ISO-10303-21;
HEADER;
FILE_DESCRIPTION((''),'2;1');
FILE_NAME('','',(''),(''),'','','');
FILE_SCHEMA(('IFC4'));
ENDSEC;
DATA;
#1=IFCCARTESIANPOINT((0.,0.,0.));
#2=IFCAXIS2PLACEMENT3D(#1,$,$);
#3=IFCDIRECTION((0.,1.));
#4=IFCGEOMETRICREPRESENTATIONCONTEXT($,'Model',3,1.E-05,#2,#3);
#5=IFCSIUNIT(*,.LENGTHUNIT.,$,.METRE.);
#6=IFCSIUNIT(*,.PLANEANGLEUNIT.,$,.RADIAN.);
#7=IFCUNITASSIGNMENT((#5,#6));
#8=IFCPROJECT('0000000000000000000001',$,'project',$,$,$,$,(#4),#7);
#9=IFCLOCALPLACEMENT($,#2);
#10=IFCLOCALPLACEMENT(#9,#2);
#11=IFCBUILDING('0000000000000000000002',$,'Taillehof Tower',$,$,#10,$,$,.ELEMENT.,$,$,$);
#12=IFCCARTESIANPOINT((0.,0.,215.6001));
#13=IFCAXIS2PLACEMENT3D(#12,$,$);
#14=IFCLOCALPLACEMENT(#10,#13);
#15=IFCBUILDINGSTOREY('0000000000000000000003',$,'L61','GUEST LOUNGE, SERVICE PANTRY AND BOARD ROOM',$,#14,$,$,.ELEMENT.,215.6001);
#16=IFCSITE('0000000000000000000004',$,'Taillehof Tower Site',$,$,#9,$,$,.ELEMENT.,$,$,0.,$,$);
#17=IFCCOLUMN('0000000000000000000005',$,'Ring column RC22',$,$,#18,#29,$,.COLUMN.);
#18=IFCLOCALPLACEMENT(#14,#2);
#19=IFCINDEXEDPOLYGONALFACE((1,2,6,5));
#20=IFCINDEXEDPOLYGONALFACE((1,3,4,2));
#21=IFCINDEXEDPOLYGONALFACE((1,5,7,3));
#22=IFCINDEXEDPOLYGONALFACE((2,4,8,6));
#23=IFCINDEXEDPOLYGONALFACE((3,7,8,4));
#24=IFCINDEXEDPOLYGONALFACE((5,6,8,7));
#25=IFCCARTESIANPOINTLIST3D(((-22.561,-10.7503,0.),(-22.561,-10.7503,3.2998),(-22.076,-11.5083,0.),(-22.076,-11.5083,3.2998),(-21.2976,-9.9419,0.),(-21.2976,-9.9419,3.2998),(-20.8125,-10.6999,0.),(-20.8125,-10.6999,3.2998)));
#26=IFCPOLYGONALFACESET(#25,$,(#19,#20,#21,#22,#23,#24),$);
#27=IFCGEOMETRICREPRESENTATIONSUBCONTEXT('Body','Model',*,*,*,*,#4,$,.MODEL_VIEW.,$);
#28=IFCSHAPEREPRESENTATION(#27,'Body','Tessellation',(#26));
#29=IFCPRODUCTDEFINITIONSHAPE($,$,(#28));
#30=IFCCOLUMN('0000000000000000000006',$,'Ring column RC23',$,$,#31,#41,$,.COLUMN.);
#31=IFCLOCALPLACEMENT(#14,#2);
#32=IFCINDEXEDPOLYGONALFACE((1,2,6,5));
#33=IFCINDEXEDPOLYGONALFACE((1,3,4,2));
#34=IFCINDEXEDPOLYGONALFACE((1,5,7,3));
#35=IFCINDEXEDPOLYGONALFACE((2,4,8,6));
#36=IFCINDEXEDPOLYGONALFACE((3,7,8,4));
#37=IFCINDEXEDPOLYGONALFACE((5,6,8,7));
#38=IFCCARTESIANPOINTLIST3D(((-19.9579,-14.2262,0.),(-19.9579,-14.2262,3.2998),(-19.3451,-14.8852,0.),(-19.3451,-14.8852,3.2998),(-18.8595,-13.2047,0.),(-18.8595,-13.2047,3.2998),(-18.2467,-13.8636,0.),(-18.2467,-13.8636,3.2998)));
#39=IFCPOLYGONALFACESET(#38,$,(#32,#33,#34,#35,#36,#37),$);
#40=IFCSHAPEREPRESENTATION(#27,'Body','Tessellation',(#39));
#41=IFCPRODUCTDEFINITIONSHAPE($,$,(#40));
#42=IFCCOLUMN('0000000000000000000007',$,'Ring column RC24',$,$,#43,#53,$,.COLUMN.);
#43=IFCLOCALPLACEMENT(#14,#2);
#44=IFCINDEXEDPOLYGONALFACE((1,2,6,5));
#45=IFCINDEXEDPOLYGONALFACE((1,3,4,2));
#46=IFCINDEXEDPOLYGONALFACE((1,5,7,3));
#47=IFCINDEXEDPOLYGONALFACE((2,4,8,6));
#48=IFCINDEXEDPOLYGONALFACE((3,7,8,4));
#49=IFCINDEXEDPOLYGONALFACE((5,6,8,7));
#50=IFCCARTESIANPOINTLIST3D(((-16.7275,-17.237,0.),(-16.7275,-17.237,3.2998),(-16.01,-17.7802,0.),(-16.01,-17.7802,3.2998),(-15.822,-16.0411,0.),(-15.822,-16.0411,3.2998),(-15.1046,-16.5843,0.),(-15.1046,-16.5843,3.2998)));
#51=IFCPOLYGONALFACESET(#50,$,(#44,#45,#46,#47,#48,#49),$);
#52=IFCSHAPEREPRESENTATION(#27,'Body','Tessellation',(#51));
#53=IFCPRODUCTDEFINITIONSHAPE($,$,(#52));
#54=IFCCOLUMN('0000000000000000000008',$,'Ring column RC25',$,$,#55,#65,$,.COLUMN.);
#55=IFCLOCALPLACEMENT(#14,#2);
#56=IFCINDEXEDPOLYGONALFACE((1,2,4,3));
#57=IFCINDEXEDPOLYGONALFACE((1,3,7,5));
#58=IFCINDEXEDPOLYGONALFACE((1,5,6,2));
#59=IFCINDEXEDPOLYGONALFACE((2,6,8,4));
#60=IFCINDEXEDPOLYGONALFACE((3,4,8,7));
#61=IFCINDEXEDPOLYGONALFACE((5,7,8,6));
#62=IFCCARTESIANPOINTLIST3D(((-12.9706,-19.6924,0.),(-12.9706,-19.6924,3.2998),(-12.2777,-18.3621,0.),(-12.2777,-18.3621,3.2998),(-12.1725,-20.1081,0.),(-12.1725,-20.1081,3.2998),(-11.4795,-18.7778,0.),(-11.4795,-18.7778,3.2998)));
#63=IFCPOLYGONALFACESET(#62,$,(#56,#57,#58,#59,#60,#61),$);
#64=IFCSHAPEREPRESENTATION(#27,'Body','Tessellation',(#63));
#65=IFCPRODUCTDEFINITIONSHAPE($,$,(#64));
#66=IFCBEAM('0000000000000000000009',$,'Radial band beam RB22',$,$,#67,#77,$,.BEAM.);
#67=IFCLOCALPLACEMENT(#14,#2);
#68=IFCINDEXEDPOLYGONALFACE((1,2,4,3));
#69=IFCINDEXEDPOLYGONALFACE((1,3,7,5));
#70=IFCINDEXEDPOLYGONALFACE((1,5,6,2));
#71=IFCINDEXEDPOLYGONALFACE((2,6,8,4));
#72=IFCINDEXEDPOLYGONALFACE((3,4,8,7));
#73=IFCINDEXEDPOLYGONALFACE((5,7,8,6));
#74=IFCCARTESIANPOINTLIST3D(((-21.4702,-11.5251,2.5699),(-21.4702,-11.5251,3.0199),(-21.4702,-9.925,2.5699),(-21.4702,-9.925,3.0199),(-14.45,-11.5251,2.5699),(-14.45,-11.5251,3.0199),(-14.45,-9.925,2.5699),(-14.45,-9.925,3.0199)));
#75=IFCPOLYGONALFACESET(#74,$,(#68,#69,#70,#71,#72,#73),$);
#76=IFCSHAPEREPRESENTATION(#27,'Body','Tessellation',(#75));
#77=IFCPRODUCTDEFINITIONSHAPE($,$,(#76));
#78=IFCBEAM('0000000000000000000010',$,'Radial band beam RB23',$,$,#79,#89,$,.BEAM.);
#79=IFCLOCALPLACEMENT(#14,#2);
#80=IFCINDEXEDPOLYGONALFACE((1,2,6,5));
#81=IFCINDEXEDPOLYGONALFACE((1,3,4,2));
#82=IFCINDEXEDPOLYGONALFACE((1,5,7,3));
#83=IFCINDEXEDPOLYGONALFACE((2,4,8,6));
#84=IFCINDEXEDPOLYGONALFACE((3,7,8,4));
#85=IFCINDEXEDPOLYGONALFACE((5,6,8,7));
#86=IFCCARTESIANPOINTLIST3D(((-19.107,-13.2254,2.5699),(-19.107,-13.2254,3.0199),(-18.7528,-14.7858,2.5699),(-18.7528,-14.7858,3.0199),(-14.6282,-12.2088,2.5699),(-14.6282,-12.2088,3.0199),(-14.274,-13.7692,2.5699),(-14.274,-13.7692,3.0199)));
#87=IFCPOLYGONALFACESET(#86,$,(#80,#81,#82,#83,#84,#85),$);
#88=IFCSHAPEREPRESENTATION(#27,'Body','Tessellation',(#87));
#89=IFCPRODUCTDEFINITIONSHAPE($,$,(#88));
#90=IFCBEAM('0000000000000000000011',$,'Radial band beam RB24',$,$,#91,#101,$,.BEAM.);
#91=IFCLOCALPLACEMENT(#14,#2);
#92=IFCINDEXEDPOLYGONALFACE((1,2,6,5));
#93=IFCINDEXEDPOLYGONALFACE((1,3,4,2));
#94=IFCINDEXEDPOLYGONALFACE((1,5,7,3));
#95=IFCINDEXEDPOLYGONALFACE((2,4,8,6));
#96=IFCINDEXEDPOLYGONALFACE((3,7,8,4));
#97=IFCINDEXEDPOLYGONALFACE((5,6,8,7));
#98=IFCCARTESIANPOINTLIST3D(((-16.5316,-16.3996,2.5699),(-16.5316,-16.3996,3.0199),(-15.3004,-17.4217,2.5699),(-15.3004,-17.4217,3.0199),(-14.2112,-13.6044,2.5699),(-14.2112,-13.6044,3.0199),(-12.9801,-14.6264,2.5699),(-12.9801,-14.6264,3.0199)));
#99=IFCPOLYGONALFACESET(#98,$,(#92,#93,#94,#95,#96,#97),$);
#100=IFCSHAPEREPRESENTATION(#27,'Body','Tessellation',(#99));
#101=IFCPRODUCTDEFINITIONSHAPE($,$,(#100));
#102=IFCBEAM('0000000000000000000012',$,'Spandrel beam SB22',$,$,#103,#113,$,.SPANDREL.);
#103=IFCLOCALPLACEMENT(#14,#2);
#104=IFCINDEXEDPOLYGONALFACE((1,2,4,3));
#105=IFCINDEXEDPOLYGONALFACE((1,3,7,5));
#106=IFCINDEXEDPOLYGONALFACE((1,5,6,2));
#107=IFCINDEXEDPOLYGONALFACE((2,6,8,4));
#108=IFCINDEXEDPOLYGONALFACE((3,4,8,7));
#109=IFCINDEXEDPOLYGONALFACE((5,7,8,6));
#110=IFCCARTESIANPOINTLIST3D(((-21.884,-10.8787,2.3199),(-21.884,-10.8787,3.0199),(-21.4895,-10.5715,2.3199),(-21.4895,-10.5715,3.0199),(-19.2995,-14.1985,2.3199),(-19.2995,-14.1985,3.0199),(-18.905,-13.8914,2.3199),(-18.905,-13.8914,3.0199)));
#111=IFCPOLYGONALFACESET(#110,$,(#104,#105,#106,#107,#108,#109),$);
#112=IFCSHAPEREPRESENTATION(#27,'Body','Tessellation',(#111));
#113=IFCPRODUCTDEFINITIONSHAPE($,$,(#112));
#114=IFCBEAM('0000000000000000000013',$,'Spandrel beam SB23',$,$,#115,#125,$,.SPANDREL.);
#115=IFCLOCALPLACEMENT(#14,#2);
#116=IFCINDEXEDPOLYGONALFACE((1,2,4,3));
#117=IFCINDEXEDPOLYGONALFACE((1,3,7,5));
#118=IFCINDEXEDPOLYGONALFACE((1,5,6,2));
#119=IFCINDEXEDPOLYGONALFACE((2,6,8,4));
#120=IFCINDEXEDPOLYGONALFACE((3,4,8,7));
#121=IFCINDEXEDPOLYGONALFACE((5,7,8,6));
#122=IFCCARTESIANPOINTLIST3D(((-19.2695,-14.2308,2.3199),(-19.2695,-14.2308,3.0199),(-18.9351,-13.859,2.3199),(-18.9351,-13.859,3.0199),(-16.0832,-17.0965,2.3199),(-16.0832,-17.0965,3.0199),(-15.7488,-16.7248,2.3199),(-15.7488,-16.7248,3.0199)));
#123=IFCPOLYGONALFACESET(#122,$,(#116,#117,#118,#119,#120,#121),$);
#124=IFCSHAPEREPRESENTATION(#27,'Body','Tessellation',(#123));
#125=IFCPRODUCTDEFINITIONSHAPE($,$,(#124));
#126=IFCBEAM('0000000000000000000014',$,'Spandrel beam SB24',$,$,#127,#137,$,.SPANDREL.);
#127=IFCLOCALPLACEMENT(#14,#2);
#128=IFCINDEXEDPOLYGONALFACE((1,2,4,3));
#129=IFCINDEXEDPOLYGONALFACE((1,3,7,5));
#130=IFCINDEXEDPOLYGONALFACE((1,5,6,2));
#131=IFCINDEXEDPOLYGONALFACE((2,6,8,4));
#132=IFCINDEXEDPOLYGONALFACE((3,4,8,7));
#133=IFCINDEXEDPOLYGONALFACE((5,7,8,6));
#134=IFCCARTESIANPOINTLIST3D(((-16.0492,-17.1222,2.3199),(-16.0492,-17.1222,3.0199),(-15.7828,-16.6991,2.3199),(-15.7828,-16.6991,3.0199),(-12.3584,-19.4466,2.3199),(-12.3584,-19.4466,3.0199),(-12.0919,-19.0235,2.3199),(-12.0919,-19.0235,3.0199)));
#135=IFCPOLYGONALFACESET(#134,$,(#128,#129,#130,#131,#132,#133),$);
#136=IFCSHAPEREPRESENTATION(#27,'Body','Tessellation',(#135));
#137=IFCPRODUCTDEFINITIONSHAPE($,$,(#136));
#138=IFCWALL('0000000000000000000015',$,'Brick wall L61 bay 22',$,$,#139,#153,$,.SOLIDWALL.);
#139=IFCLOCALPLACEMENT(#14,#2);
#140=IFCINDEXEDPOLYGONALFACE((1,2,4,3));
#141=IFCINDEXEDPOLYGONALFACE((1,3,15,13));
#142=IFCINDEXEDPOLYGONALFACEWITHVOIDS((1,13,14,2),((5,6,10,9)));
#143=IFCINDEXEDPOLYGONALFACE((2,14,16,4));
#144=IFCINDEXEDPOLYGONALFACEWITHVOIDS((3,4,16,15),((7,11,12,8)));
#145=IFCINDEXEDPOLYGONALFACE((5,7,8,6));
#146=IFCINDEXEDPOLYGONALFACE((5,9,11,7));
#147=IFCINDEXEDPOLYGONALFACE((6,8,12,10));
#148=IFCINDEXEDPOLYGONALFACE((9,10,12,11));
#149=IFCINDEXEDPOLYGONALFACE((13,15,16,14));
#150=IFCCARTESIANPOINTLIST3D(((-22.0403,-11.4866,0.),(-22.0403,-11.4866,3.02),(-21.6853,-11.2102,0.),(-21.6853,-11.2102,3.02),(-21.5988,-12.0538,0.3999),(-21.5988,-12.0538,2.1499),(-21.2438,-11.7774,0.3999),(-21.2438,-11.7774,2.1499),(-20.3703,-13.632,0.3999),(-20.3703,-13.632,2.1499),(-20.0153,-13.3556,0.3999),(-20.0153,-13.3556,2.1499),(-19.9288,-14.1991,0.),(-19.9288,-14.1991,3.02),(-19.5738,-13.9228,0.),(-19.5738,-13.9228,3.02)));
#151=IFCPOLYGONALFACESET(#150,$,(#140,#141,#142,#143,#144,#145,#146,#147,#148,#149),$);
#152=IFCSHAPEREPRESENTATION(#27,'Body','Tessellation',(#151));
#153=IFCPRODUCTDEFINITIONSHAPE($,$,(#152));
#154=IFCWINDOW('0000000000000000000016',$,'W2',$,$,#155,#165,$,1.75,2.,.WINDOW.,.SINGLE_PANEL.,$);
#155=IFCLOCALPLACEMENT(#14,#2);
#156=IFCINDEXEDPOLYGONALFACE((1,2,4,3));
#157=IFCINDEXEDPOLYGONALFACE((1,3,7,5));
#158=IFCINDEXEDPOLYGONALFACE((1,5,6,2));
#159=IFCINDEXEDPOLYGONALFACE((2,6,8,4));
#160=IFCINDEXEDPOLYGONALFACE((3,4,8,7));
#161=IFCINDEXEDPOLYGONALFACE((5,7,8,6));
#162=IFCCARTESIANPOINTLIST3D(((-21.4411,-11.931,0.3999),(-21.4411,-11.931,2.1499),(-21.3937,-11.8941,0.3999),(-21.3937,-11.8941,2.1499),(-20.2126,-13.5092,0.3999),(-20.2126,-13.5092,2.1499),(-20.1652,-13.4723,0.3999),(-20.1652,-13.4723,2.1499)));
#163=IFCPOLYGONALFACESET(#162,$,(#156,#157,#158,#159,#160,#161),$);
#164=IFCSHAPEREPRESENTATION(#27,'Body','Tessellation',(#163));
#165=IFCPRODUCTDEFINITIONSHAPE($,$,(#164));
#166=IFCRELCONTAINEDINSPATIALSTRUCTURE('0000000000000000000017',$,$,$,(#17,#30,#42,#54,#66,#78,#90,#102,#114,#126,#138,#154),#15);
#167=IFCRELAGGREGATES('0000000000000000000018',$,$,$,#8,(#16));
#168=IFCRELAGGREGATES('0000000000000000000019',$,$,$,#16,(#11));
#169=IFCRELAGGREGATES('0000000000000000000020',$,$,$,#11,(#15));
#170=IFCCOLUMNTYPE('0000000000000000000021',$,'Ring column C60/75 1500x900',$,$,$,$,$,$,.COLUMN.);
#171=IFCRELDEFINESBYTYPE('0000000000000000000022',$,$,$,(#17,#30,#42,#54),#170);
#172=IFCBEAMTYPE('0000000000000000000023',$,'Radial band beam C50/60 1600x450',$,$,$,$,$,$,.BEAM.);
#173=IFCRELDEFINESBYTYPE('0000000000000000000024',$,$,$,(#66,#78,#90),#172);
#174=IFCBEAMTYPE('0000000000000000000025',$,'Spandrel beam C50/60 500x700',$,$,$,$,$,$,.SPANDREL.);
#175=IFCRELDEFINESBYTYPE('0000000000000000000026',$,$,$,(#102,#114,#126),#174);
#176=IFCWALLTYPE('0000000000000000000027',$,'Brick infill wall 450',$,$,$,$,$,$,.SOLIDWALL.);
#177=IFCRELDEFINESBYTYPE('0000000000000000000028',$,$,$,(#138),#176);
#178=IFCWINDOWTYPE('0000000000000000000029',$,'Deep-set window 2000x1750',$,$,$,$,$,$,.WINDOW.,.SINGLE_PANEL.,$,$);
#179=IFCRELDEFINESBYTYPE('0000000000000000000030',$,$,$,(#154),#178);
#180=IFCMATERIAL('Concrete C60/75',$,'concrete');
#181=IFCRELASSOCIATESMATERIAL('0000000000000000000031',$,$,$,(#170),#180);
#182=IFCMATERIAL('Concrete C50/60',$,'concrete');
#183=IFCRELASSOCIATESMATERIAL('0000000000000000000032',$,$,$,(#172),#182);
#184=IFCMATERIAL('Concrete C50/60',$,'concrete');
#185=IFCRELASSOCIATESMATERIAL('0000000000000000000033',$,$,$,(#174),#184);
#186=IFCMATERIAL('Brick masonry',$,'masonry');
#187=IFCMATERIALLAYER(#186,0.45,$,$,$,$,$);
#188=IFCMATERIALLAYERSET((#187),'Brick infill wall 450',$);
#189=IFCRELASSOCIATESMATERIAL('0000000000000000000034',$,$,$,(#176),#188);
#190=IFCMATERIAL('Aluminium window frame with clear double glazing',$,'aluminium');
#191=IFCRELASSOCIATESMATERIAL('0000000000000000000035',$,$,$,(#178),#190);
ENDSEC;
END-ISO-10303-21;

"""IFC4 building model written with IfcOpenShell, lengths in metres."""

from ifc_helpers import new_model, si_unit, direction, frame, frame_2d, origin, origin_2d, place, context, subcontext, project, spatial, rectangle, extrude, material, layer, layer_set, material_profile, profile_set, type_object, element, fill, save


model = new_model("IFC4")

# Units and contexts
model_context = context("Model", 3, precision=1e-05, world=origin(), true_north=direction((0.0, 1.0)))
body_context = subcontext(model_context, "Body", "Model", "MODEL_VIEW")
ifc_project = project(units=[si_unit("LENGTHUNIT", "METRE"), si_unit("PLANEANGLEUNIT", "RADIAN")], contexts=[model_context])

# Site, building, storey
site_placement = place(None, origin())
site = spatial("IfcSite", under=ifc_project, at=site_placement, Name="Taillehof Tower Site", CompositionType="ELEMENT", RefElevation=0.0)
building_placement = place(site_placement, origin())
building = spatial("IfcBuilding", under=site, at=building_placement, Name="Taillehof Tower", CompositionType="ELEMENT")
storey_placement = place(building_placement, frame((0.0, 0.0, 215.6001)))
storey = spatial("IfcBuildingStorey", under=building, at=storey_placement, Name="L61", Description="GUEST LOUNGE, SERVICE PANTRY AND BOARD ROOM", CompositionType="ELEMENT", Elevation=215.6001)

# Columns
ifc_material_1 = material(Name="Concrete C60/75", Category="concrete")
ifc_material_profile_1 = material_profile(ifc_material_1, rectangle(XDim=1.5, YDim=0.8999, at=origin_2d()), Name="RC 1500x900")
ifc_profile_set_1 = profile_set([ifc_material_profile_1], Name="Concrete C60/75")
column_type = type_object("IfcColumnType", Name="Ring column C60/75 1500x900", PredefinedType="COLUMN", material=ifc_profile_set_1)
for number, where, z_axis, x_axis, name in (
    (1, (-21.6868, -10.7251, 0.0), (0.0, 0.0, 1.0), (-0.842311, -0.538992, 0.0), "Ring column RC22"),
    (2, (-19.1023, -14.0449, 0.0), (0.0, 0.0, 1.0), (-0.732271, -0.681013, 0.0), "Ring column RC23"),
    (3, (-15.916, -16.9106, 0.0), (0.0, 0.0, 1.0), (-0.603608, -0.797281, 0.0), "Ring column RC24"),
    (4, (-12.2251, -19.2351, 0.0), (0.0, 0.0, 1.0), (-0.461993, -0.886883, 0.0), "Ring column RC25"),
):
    element("IfcColumn", number, at=place(storey_placement, frame(where, z_axis=z_axis, x_axis=x_axis)), inside=storey, type_object=column_type, Name=name, PredefinedType="COLUMN", context=body_context, shape_type="SweptSolid", body=[
        extrude(rectangle(XDim=1.5, YDim=0.8999, at=origin_2d()), origin(), (0.0, 0.0, 1.0), 3.2998),
    ])

# Beams
ifc_material_2 = material(Name="Concrete C50/60", Category="concrete")
ifc_material_profile_2 = material_profile(ifc_material_2, rectangle(XDim=1.6001, YDim=0.45, at=origin_2d()), Name="RC 1600x450")
ifc_profile_set_2 = profile_set([ifc_material_profile_2], Name="Concrete C50/60")
beam_type_1 = type_object("IfcBeamType", Name="Radial band beam C50/60 1600x450", PredefinedType="BEAM", material=ifc_profile_set_2)
beam_1_placement = place(storey_placement, frame((-21.4702, -10.7251, 2.7949), z_axis=(1.0, 0.0, 0.0), x_axis=(0.0, 1.0, 0.0)))
element("IfcBeam", 5, at=beam_1_placement, inside=storey, type_object=beam_type_1, Name="Radial band beam RB22", PredefinedType="BEAM", context=body_context, shape_type="SweptSolid", body=[
    extrude(rectangle(XDim=1.6001, YDim=0.45, at=origin_2d()), origin(), (0.0, 0.0, 1.0), 7.0203),
])
beam_2_placement = place(storey_placement, frame((-18.9299, -14.0056, 2.7949), z_axis=(0.975194, 0.221352, 0.0), x_axis=(-0.221352, 0.975194, 0.0)))
element("IfcBeam", 6, at=beam_2_placement, inside=storey, type_object=beam_type_1, Name="Radial band beam RB23", PredefinedType="BEAM", context=body_context, shape_type="SweptSolid", body=[
    extrude(rectangle(XDim=1.6001, YDim=0.45, at=origin_2d()), origin(), (0.0, 0.0, 1.0), 4.5928),
])
beam_3_placement = place(storey_placement, frame((-15.916, -16.9106, 2.7949), z_axis=(0.638722, 0.769437, 0.0), x_axis=(-0.769437, 0.638722, 0.0)))
element("IfcBeam", 7, at=beam_3_placement, inside=storey, type_object=beam_type_1, Name="Radial band beam RB24", PredefinedType="BEAM", context=body_context, shape_type="SweptSolid", body=[
    extrude(rectangle(XDim=1.6001, YDim=0.45, at=origin_2d()), origin(), (0.0, 0.0, 1.0), 3.6328),
])
ifc_material_3 = material(Name="Concrete C50/60", Category="concrete")
ifc_material_profile_3 = material_profile(ifc_material_3, rectangle(XDim=0.5, YDim=0.7, at=origin_2d()), Name="RC 500x700")
ifc_profile_set_3 = profile_set([ifc_material_profile_3], Name="Concrete C50/60")
beam_type_2 = type_object("IfcBeamType", Name="Spandrel beam C50/60 500x700", PredefinedType="SPANDREL", material=ifc_profile_set_3)
beam_4_placement = place(storey_placement, frame((-21.6868, -10.7251, 2.6699), z_axis=(0.614294, -0.789077, 0.0), x_axis=(0.789077, 0.614294, 0.0)))
element("IfcBeam", 8, at=beam_4_placement, inside=storey, type_object=beam_type_2, Name="Spandrel beam SB22", PredefinedType="SPANDREL", context=body_context, shape_type="SweptSolid", body=[
    extrude(rectangle(XDim=0.5, YDim=0.7, at=origin_2d()), origin(), (0.0, 0.0, 1.0), 4.2073),
])
beam_5_placement = place(storey_placement, frame((-19.1023, -14.0449, 2.6699), z_axis=(0.743518, -0.668716, 0.0), x_axis=(0.668716, 0.743518, 0.0)))
element("IfcBeam", 9, at=beam_5_placement, inside=storey, type_object=beam_type_2, Name="Spandrel beam SB23", PredefinedType="SPANDREL", context=body_context, shape_type="SweptSolid", body=[
    extrude(rectangle(XDim=0.5, YDim=0.7, at=origin_2d()), origin(), (0.0, 0.0, 1.0), 4.2854),
])
beam_6_placement = place(storey_placement, frame((-15.916, -16.9106, 2.6699), z_axis=(0.846176, -0.532904, 0.0), x_axis=(0.532904, 0.846176, 0.0)))
element("IfcBeam", 10, at=beam_6_placement, inside=storey, type_object=beam_type_2, Name="Spandrel beam SB24", PredefinedType="SPANDREL", context=body_context, shape_type="SweptSolid", body=[
    extrude(rectangle(XDim=0.5, YDim=0.7, at=origin_2d()), origin(), (0.0, 0.0, 1.0), 4.3618),
])

# Wall, opening, window
ifc_material_4 = material(Name="Brick masonry", Category="masonry")
ifc_layer_1 = layer(ifc_material_4, 0.45)
ifc_layer_set_1 = layer_set([ifc_layer_1], Name="Brick infill wall 450")
wall_type_1 = type_object("IfcWallType", Name="Brick infill wall 450", PredefinedType="SOLIDWALL", material=ifc_layer_set_1)
wall_1_placement = place(storey_placement, frame((-21.8628, -11.3484, 0.0), z_axis=(0.0, 0.0, 1.0), x_axis=(0.614255, -0.789107, 0.0)))
wall_1 = element("IfcWall", 11, at=wall_1_placement, inside=storey, type_object=wall_type_1, Name="Brick wall L61 bay 22", PredefinedType="SOLIDWALL", context=body_context, shape_type="SweptSolid", body=[
    extrude(rectangle(XDim=3.4375, YDim=0.45, at=frame_2d((1.7188, 0.0))), origin(), (0.0, 0.0, 1.0), 3.02),
])
opening_1_placement = place(wall_1_placement, frame((0.7188, 0.0, 0.3999)))
opening_1 = element("IfcOpeningElement", 12, at=opening_1_placement, cuts=wall_1, PredefinedType="OPENING", context=body_context, shape_type="SweptSolid", body=[
    extrude(rectangle(XDim=2.0, YDim=1.75, at=frame_2d((1.0, 0.875))), frame((0.0, 0.2349, 0.0), z_axis=(0.0, -1.0, 0.0), x_axis=(1.0, 0.0, 0.0)), (0.0, 0.0, 1.0), 0.47),
])
ifc_material_5 = material(Name="Aluminium window frame with clear double glazing", Category="aluminium")
window_type_1 = type_object("IfcWindowType", Name="Deep-set window 2000x1750", PartitioningType="SINGLE_PANEL", PredefinedType="WINDOW", material=ifc_material_5)
window_1_placement = place(opening_1_placement, origin())
window_1 = element("IfcWindow", 13, at=window_1_placement, inside=storey, type_object=window_type_1, Name="W2", OverallHeight=1.75, OverallWidth=2.0, PartitioningType="SINGLE_PANEL", PredefinedType="WINDOW", context=body_context, shape_type="SweptSolid", body=[
    extrude(rectangle(XDim=2.0, YDim=1.75, at=frame_2d((1.0, 0.875))), frame((0.0, 0.0349, 0.0), z_axis=(0.0, -1.0, 0.0), x_axis=(1.0, 0.0, 0.0)), (0.0, 0.0, 1.0), 0.0601),
])
fill(opening_1, window_1)

save(model, "model.ifc")
